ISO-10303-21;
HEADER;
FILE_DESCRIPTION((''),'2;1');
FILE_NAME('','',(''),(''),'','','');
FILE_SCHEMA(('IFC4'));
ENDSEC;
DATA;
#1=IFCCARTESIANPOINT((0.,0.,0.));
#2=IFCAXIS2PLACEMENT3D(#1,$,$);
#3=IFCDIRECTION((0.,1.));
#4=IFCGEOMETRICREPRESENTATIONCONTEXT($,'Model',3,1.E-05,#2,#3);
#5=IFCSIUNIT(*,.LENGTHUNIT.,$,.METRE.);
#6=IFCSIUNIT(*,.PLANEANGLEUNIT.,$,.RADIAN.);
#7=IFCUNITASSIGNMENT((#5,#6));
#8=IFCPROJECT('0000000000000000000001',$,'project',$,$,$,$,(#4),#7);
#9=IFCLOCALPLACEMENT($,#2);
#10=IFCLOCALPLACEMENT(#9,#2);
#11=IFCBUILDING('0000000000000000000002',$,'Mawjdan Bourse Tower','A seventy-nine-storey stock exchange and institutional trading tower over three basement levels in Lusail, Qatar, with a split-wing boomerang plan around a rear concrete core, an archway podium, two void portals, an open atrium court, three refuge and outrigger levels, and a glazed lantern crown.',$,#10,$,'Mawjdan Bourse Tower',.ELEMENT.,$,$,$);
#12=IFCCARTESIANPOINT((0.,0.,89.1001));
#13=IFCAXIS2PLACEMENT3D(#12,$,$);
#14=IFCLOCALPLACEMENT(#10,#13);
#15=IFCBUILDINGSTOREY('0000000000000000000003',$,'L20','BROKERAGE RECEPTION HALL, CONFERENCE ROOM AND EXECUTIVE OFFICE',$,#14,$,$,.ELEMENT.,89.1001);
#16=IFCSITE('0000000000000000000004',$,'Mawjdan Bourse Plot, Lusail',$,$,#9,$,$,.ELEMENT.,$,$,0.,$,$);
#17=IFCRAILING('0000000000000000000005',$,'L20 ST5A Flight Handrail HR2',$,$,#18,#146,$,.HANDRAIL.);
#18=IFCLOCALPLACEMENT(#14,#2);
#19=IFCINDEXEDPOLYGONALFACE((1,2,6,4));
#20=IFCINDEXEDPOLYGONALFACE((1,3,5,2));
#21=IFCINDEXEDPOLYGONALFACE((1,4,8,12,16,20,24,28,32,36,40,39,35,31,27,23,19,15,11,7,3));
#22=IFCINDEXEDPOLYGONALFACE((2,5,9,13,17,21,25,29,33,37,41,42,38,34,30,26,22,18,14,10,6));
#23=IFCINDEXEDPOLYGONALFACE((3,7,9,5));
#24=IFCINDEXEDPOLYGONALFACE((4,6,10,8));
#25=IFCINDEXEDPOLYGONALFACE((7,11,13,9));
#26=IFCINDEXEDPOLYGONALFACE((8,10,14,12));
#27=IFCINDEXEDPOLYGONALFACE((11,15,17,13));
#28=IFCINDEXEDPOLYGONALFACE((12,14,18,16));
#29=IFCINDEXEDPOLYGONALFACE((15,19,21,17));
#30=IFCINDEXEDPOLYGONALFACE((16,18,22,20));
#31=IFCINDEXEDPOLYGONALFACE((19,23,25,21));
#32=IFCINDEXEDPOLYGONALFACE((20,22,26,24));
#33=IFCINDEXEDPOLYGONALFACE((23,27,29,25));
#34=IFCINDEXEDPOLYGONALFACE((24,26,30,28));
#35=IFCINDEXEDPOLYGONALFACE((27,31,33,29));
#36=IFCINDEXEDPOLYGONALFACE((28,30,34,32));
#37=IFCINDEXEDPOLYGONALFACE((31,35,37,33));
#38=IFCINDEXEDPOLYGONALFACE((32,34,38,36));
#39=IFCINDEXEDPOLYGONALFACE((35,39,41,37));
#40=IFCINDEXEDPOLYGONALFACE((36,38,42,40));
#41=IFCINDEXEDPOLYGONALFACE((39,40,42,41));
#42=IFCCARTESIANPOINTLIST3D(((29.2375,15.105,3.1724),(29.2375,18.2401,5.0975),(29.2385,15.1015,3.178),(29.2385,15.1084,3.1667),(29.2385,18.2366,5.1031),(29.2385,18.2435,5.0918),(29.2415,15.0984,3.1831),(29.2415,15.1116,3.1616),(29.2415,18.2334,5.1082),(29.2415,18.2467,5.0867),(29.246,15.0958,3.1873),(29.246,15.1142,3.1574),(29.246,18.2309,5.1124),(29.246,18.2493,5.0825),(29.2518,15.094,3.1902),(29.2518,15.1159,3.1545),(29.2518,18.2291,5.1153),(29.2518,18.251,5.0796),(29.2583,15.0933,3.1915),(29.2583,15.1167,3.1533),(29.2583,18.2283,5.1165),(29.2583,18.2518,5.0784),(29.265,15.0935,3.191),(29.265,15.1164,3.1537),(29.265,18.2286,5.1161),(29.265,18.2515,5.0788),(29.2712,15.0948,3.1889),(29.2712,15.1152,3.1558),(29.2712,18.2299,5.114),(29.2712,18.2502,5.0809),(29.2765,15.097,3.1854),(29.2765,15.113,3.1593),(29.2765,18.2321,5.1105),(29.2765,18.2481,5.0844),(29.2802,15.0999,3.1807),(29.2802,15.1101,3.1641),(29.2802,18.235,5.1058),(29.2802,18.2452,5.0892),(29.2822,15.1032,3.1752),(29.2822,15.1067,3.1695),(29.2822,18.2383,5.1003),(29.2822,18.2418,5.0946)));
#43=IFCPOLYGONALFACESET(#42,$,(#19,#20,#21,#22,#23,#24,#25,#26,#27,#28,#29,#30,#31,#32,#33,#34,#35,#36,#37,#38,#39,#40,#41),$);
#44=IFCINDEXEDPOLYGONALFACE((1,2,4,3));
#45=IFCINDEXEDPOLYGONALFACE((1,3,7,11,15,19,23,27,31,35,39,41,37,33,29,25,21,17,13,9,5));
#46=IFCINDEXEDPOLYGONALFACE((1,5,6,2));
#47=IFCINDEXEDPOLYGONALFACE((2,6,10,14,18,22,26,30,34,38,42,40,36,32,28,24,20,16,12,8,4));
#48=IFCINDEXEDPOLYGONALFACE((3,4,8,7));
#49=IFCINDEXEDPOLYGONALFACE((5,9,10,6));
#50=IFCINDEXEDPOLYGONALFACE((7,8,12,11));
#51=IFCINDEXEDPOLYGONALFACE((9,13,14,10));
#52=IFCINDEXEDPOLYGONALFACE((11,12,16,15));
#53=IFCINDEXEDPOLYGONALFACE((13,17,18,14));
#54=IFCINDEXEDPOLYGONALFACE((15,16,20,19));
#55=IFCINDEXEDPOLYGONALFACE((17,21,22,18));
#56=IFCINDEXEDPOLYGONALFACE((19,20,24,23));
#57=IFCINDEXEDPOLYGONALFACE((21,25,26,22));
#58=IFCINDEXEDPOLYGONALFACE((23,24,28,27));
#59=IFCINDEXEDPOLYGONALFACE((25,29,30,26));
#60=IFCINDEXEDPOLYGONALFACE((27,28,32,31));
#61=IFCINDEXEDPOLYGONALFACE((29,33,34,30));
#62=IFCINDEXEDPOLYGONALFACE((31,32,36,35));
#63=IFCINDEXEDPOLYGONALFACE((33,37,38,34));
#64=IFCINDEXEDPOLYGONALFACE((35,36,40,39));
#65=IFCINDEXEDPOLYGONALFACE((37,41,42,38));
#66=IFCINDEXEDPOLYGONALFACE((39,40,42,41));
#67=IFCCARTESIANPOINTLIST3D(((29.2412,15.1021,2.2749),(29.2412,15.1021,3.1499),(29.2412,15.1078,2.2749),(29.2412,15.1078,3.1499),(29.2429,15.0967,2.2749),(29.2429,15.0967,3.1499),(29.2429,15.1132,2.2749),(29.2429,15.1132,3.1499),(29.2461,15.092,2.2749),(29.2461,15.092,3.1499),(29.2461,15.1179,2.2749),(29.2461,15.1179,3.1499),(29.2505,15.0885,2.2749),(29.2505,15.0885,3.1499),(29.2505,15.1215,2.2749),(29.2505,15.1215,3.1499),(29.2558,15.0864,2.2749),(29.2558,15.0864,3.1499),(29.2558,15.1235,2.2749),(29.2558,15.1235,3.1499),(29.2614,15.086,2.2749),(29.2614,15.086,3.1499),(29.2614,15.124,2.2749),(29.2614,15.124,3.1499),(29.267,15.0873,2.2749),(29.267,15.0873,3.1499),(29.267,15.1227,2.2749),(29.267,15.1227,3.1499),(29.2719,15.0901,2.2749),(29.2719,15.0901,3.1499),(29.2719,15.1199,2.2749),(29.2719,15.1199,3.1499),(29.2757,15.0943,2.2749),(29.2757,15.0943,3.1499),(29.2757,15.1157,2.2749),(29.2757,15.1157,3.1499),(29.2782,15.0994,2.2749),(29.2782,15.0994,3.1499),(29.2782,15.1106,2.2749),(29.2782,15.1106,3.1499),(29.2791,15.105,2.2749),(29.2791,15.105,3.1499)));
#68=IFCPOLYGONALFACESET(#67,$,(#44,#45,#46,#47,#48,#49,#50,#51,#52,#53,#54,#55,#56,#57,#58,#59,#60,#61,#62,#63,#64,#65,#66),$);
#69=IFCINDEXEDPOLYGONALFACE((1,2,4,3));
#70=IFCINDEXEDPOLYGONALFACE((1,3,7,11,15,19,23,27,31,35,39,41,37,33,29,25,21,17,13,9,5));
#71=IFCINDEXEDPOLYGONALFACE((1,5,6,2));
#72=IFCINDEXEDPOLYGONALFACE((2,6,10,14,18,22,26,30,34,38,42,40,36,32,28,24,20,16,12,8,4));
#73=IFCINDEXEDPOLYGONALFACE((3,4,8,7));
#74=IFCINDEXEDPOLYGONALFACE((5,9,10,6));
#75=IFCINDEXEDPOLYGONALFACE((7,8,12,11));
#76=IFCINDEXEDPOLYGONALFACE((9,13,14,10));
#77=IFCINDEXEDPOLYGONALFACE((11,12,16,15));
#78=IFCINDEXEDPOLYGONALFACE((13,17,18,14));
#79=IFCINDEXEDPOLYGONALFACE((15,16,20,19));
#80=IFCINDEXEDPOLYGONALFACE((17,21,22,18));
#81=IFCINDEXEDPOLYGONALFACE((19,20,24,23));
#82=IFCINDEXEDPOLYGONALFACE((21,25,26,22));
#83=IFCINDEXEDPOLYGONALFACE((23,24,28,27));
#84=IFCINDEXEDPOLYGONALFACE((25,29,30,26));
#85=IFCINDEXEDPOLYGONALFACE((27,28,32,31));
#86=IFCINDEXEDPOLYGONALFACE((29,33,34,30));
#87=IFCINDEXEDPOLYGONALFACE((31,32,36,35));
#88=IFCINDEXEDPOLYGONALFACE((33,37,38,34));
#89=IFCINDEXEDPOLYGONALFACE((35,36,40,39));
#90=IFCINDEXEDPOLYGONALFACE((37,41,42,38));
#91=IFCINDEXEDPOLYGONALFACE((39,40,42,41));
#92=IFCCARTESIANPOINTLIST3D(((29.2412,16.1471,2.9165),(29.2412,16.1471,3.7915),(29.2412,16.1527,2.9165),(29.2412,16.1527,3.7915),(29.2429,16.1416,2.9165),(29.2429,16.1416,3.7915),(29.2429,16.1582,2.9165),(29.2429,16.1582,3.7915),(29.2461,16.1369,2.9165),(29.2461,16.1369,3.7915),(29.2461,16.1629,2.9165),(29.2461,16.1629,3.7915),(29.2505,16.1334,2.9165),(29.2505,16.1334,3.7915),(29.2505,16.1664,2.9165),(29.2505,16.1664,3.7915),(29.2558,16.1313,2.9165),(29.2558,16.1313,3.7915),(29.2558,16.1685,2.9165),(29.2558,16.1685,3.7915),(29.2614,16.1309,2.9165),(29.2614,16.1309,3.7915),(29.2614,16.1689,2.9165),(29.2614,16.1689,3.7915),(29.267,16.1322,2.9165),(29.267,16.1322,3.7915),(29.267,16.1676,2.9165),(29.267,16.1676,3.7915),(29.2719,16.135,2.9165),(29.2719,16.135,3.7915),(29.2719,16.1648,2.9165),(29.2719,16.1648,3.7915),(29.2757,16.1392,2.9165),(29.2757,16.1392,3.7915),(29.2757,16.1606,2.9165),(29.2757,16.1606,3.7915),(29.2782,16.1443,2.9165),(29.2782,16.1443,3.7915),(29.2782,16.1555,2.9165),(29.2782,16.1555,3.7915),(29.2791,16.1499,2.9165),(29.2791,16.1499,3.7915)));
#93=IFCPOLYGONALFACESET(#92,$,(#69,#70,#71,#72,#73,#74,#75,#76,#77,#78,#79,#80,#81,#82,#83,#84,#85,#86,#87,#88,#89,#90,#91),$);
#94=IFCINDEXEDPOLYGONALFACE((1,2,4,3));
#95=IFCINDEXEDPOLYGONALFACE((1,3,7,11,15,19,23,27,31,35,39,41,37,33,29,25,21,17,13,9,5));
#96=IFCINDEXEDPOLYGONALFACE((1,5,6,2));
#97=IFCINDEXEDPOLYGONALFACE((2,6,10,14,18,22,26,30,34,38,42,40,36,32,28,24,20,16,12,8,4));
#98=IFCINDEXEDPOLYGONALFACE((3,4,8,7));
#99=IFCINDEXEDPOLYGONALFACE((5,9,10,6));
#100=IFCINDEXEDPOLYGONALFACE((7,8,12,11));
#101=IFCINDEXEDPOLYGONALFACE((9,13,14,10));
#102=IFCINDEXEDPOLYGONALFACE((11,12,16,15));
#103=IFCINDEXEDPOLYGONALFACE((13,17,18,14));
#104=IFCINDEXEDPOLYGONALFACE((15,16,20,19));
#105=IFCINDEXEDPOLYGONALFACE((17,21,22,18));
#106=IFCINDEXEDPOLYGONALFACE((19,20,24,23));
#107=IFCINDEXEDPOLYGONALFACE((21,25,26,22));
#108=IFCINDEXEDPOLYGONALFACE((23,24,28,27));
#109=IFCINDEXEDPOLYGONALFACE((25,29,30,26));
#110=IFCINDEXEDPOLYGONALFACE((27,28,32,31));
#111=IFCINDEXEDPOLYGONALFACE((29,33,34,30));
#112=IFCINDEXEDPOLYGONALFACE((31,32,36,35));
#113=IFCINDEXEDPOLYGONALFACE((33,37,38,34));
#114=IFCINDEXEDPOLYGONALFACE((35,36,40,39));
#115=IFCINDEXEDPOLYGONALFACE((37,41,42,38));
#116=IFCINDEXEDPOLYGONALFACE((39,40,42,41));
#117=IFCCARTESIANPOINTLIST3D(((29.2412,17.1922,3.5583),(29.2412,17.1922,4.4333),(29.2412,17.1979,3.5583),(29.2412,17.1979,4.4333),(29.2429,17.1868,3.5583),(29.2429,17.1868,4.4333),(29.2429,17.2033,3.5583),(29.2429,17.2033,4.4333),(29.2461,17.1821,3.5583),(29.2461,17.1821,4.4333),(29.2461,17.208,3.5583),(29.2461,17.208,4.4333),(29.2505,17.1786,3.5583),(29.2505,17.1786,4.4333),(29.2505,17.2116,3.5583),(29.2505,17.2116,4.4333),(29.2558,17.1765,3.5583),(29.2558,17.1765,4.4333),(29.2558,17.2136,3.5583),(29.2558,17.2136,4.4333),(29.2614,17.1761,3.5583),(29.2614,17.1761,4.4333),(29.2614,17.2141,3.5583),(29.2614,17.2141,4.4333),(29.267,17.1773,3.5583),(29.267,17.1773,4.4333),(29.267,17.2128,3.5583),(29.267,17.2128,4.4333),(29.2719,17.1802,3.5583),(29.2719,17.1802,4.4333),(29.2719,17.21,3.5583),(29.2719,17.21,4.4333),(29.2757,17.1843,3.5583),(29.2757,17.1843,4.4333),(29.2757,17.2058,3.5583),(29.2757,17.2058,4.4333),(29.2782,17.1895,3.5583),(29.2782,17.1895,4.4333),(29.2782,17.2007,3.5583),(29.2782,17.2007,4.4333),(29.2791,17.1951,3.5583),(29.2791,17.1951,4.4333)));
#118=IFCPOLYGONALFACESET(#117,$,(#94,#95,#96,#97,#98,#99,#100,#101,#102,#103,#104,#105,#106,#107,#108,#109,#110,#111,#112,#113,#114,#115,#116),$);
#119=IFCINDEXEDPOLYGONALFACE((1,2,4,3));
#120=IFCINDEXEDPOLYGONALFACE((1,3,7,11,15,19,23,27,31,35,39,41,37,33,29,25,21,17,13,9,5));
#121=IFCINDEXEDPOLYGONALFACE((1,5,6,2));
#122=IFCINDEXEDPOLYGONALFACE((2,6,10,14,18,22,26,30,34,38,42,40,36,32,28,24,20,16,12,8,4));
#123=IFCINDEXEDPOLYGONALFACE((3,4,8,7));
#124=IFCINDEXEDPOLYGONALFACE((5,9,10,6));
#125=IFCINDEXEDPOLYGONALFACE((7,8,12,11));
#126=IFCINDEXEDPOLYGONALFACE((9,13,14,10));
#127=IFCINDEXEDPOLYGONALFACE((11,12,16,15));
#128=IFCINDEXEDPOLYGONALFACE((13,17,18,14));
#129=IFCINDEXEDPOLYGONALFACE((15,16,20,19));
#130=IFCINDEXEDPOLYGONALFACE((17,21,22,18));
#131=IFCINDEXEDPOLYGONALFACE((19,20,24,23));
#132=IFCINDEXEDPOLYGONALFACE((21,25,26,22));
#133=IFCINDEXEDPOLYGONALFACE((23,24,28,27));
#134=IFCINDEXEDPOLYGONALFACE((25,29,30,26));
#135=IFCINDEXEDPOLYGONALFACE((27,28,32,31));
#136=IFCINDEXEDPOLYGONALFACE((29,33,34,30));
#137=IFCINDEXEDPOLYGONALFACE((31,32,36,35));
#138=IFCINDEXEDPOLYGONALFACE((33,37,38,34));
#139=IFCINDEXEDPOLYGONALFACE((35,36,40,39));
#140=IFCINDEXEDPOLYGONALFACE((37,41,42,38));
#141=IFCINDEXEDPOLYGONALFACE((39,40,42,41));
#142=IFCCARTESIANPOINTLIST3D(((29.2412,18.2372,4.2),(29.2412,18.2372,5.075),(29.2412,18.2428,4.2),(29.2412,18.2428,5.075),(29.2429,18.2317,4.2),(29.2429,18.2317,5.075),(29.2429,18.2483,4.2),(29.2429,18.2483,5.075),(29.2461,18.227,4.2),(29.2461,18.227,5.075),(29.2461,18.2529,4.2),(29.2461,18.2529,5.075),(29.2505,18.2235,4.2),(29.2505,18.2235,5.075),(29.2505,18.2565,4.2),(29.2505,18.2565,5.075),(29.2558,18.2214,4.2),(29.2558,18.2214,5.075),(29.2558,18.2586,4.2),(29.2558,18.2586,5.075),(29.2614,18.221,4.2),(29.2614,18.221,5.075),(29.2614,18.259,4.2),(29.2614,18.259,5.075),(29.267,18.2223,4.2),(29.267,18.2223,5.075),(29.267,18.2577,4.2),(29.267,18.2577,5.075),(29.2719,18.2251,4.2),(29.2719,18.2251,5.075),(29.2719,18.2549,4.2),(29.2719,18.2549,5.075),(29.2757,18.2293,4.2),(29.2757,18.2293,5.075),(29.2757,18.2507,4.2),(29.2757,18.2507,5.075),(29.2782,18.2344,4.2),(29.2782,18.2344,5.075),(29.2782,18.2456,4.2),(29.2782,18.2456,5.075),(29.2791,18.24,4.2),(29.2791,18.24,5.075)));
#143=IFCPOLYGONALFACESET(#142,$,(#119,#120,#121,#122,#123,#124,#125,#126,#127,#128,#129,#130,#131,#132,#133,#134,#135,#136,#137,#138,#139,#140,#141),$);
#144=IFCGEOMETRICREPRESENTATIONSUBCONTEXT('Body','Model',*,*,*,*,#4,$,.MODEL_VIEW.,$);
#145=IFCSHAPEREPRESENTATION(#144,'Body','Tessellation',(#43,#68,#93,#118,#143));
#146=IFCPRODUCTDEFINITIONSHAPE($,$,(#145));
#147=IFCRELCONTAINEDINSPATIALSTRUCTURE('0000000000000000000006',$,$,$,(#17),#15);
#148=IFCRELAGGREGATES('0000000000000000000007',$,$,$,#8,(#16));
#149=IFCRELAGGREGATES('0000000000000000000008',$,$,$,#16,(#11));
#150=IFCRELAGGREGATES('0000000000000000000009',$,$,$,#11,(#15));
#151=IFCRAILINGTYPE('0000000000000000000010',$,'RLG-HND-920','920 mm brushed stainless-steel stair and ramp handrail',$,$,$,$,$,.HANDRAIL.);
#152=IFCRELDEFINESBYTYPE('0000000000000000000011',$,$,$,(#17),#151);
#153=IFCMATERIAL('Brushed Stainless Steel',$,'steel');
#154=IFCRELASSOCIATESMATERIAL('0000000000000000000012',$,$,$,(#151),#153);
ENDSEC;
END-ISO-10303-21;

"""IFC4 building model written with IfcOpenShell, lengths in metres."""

from ifc_helpers import new_model, si_unit, direction, frame, origin, origin_2d, place, context, subcontext, project, spatial, circle, extrude, material, type_object, element, save


model = new_model("IFC4")

# Units and contexts
model_context = context("Model", 3, precision=1e-05, world=origin(), true_north=direction((0.0, 1.0)))
body_context = subcontext(model_context, "Body", "Model", "MODEL_VIEW")
ifc_project = project(units=[si_unit("LENGTHUNIT", "METRE"), si_unit("PLANEANGLEUNIT", "RADIAN")], contexts=[model_context])

# Site, building, storey
site_placement = place(None, origin())
site = spatial("IfcSite", under=ifc_project, at=site_placement, Name="Mawjdan Bourse Plot, Lusail", CompositionType="ELEMENT", RefElevation=0.0)
building_placement = place(site_placement, origin())
building = spatial("IfcBuilding", under=site, at=building_placement, Name="Mawjdan Bourse Tower", Description="A seventy-nine-storey stock exchange and institutional trading tower over three basement levels in Lusail, Qatar, with a split-wing boomerang plan around a rear concrete core, an archway podium, two void portals, an open atrium court, three refuge and outrigger levels, and a glazed lantern crown.", LongName="Mawjdan Bourse Tower", CompositionType="ELEMENT")
storey_placement = place(building_placement, frame((0.0, 0.0, 89.1001)))
storey = spatial("IfcBuildingStorey", under=building, at=storey_placement, Name="L20", Description="BROKERAGE RECEPTION HALL, CONFERENCE ROOM AND EXECUTIVE OFFICE", CompositionType="ELEMENT", Elevation=89.1001)

# Railing
ifc_material_1 = material(Name="Brushed Stainless Steel", Category="steel")
railing_type_1 = type_object("IfcRailingType", Name="RLG-HND-920", Description="920 mm brushed stainless-steel stair and ramp handrail", PredefinedType="HANDRAIL", material=ifc_material_1)
railing_1_placement = place(storey_placement, frame((29.26, 15.105, 2.2749)))
element("IfcRailing", 1, at=railing_1_placement, inside=storey, type_object=railing_type_1, Name="L20 ST5A Flight Handrail HR2", PredefinedType="HANDRAIL", context=body_context, shape_type="SweptSolid", body=[
    extrude(circle(Radius=0.0225, at=origin_2d()), frame((0.0, 0.0, 0.8975), z_axis=(0.0, 0.852166, 0.523271), x_axis=(-1.0, 0.0, 0.0)), (0.0, 0.0, 1.0), 3.679),
    extrude(circle(Radius=0.019, at=origin_2d()), origin(), (0.0, 0.0, 1.0), 0.875),
    extrude(circle(Radius=0.019, at=origin_2d()), frame((0.0, 1.0449, 0.6416)), (0.0, 0.0, 1.0), 0.875),
    extrude(circle(Radius=0.019, at=origin_2d()), frame((0.0, 2.0901, 1.2834)), (0.0, 0.0, 1.0), 0.875),
    extrude(circle(Radius=0.019, at=origin_2d()), frame((0.0, 3.135, 1.925)), (0.0, 0.0, 1.0), 0.875),
])

save(model, "model.ifc")
